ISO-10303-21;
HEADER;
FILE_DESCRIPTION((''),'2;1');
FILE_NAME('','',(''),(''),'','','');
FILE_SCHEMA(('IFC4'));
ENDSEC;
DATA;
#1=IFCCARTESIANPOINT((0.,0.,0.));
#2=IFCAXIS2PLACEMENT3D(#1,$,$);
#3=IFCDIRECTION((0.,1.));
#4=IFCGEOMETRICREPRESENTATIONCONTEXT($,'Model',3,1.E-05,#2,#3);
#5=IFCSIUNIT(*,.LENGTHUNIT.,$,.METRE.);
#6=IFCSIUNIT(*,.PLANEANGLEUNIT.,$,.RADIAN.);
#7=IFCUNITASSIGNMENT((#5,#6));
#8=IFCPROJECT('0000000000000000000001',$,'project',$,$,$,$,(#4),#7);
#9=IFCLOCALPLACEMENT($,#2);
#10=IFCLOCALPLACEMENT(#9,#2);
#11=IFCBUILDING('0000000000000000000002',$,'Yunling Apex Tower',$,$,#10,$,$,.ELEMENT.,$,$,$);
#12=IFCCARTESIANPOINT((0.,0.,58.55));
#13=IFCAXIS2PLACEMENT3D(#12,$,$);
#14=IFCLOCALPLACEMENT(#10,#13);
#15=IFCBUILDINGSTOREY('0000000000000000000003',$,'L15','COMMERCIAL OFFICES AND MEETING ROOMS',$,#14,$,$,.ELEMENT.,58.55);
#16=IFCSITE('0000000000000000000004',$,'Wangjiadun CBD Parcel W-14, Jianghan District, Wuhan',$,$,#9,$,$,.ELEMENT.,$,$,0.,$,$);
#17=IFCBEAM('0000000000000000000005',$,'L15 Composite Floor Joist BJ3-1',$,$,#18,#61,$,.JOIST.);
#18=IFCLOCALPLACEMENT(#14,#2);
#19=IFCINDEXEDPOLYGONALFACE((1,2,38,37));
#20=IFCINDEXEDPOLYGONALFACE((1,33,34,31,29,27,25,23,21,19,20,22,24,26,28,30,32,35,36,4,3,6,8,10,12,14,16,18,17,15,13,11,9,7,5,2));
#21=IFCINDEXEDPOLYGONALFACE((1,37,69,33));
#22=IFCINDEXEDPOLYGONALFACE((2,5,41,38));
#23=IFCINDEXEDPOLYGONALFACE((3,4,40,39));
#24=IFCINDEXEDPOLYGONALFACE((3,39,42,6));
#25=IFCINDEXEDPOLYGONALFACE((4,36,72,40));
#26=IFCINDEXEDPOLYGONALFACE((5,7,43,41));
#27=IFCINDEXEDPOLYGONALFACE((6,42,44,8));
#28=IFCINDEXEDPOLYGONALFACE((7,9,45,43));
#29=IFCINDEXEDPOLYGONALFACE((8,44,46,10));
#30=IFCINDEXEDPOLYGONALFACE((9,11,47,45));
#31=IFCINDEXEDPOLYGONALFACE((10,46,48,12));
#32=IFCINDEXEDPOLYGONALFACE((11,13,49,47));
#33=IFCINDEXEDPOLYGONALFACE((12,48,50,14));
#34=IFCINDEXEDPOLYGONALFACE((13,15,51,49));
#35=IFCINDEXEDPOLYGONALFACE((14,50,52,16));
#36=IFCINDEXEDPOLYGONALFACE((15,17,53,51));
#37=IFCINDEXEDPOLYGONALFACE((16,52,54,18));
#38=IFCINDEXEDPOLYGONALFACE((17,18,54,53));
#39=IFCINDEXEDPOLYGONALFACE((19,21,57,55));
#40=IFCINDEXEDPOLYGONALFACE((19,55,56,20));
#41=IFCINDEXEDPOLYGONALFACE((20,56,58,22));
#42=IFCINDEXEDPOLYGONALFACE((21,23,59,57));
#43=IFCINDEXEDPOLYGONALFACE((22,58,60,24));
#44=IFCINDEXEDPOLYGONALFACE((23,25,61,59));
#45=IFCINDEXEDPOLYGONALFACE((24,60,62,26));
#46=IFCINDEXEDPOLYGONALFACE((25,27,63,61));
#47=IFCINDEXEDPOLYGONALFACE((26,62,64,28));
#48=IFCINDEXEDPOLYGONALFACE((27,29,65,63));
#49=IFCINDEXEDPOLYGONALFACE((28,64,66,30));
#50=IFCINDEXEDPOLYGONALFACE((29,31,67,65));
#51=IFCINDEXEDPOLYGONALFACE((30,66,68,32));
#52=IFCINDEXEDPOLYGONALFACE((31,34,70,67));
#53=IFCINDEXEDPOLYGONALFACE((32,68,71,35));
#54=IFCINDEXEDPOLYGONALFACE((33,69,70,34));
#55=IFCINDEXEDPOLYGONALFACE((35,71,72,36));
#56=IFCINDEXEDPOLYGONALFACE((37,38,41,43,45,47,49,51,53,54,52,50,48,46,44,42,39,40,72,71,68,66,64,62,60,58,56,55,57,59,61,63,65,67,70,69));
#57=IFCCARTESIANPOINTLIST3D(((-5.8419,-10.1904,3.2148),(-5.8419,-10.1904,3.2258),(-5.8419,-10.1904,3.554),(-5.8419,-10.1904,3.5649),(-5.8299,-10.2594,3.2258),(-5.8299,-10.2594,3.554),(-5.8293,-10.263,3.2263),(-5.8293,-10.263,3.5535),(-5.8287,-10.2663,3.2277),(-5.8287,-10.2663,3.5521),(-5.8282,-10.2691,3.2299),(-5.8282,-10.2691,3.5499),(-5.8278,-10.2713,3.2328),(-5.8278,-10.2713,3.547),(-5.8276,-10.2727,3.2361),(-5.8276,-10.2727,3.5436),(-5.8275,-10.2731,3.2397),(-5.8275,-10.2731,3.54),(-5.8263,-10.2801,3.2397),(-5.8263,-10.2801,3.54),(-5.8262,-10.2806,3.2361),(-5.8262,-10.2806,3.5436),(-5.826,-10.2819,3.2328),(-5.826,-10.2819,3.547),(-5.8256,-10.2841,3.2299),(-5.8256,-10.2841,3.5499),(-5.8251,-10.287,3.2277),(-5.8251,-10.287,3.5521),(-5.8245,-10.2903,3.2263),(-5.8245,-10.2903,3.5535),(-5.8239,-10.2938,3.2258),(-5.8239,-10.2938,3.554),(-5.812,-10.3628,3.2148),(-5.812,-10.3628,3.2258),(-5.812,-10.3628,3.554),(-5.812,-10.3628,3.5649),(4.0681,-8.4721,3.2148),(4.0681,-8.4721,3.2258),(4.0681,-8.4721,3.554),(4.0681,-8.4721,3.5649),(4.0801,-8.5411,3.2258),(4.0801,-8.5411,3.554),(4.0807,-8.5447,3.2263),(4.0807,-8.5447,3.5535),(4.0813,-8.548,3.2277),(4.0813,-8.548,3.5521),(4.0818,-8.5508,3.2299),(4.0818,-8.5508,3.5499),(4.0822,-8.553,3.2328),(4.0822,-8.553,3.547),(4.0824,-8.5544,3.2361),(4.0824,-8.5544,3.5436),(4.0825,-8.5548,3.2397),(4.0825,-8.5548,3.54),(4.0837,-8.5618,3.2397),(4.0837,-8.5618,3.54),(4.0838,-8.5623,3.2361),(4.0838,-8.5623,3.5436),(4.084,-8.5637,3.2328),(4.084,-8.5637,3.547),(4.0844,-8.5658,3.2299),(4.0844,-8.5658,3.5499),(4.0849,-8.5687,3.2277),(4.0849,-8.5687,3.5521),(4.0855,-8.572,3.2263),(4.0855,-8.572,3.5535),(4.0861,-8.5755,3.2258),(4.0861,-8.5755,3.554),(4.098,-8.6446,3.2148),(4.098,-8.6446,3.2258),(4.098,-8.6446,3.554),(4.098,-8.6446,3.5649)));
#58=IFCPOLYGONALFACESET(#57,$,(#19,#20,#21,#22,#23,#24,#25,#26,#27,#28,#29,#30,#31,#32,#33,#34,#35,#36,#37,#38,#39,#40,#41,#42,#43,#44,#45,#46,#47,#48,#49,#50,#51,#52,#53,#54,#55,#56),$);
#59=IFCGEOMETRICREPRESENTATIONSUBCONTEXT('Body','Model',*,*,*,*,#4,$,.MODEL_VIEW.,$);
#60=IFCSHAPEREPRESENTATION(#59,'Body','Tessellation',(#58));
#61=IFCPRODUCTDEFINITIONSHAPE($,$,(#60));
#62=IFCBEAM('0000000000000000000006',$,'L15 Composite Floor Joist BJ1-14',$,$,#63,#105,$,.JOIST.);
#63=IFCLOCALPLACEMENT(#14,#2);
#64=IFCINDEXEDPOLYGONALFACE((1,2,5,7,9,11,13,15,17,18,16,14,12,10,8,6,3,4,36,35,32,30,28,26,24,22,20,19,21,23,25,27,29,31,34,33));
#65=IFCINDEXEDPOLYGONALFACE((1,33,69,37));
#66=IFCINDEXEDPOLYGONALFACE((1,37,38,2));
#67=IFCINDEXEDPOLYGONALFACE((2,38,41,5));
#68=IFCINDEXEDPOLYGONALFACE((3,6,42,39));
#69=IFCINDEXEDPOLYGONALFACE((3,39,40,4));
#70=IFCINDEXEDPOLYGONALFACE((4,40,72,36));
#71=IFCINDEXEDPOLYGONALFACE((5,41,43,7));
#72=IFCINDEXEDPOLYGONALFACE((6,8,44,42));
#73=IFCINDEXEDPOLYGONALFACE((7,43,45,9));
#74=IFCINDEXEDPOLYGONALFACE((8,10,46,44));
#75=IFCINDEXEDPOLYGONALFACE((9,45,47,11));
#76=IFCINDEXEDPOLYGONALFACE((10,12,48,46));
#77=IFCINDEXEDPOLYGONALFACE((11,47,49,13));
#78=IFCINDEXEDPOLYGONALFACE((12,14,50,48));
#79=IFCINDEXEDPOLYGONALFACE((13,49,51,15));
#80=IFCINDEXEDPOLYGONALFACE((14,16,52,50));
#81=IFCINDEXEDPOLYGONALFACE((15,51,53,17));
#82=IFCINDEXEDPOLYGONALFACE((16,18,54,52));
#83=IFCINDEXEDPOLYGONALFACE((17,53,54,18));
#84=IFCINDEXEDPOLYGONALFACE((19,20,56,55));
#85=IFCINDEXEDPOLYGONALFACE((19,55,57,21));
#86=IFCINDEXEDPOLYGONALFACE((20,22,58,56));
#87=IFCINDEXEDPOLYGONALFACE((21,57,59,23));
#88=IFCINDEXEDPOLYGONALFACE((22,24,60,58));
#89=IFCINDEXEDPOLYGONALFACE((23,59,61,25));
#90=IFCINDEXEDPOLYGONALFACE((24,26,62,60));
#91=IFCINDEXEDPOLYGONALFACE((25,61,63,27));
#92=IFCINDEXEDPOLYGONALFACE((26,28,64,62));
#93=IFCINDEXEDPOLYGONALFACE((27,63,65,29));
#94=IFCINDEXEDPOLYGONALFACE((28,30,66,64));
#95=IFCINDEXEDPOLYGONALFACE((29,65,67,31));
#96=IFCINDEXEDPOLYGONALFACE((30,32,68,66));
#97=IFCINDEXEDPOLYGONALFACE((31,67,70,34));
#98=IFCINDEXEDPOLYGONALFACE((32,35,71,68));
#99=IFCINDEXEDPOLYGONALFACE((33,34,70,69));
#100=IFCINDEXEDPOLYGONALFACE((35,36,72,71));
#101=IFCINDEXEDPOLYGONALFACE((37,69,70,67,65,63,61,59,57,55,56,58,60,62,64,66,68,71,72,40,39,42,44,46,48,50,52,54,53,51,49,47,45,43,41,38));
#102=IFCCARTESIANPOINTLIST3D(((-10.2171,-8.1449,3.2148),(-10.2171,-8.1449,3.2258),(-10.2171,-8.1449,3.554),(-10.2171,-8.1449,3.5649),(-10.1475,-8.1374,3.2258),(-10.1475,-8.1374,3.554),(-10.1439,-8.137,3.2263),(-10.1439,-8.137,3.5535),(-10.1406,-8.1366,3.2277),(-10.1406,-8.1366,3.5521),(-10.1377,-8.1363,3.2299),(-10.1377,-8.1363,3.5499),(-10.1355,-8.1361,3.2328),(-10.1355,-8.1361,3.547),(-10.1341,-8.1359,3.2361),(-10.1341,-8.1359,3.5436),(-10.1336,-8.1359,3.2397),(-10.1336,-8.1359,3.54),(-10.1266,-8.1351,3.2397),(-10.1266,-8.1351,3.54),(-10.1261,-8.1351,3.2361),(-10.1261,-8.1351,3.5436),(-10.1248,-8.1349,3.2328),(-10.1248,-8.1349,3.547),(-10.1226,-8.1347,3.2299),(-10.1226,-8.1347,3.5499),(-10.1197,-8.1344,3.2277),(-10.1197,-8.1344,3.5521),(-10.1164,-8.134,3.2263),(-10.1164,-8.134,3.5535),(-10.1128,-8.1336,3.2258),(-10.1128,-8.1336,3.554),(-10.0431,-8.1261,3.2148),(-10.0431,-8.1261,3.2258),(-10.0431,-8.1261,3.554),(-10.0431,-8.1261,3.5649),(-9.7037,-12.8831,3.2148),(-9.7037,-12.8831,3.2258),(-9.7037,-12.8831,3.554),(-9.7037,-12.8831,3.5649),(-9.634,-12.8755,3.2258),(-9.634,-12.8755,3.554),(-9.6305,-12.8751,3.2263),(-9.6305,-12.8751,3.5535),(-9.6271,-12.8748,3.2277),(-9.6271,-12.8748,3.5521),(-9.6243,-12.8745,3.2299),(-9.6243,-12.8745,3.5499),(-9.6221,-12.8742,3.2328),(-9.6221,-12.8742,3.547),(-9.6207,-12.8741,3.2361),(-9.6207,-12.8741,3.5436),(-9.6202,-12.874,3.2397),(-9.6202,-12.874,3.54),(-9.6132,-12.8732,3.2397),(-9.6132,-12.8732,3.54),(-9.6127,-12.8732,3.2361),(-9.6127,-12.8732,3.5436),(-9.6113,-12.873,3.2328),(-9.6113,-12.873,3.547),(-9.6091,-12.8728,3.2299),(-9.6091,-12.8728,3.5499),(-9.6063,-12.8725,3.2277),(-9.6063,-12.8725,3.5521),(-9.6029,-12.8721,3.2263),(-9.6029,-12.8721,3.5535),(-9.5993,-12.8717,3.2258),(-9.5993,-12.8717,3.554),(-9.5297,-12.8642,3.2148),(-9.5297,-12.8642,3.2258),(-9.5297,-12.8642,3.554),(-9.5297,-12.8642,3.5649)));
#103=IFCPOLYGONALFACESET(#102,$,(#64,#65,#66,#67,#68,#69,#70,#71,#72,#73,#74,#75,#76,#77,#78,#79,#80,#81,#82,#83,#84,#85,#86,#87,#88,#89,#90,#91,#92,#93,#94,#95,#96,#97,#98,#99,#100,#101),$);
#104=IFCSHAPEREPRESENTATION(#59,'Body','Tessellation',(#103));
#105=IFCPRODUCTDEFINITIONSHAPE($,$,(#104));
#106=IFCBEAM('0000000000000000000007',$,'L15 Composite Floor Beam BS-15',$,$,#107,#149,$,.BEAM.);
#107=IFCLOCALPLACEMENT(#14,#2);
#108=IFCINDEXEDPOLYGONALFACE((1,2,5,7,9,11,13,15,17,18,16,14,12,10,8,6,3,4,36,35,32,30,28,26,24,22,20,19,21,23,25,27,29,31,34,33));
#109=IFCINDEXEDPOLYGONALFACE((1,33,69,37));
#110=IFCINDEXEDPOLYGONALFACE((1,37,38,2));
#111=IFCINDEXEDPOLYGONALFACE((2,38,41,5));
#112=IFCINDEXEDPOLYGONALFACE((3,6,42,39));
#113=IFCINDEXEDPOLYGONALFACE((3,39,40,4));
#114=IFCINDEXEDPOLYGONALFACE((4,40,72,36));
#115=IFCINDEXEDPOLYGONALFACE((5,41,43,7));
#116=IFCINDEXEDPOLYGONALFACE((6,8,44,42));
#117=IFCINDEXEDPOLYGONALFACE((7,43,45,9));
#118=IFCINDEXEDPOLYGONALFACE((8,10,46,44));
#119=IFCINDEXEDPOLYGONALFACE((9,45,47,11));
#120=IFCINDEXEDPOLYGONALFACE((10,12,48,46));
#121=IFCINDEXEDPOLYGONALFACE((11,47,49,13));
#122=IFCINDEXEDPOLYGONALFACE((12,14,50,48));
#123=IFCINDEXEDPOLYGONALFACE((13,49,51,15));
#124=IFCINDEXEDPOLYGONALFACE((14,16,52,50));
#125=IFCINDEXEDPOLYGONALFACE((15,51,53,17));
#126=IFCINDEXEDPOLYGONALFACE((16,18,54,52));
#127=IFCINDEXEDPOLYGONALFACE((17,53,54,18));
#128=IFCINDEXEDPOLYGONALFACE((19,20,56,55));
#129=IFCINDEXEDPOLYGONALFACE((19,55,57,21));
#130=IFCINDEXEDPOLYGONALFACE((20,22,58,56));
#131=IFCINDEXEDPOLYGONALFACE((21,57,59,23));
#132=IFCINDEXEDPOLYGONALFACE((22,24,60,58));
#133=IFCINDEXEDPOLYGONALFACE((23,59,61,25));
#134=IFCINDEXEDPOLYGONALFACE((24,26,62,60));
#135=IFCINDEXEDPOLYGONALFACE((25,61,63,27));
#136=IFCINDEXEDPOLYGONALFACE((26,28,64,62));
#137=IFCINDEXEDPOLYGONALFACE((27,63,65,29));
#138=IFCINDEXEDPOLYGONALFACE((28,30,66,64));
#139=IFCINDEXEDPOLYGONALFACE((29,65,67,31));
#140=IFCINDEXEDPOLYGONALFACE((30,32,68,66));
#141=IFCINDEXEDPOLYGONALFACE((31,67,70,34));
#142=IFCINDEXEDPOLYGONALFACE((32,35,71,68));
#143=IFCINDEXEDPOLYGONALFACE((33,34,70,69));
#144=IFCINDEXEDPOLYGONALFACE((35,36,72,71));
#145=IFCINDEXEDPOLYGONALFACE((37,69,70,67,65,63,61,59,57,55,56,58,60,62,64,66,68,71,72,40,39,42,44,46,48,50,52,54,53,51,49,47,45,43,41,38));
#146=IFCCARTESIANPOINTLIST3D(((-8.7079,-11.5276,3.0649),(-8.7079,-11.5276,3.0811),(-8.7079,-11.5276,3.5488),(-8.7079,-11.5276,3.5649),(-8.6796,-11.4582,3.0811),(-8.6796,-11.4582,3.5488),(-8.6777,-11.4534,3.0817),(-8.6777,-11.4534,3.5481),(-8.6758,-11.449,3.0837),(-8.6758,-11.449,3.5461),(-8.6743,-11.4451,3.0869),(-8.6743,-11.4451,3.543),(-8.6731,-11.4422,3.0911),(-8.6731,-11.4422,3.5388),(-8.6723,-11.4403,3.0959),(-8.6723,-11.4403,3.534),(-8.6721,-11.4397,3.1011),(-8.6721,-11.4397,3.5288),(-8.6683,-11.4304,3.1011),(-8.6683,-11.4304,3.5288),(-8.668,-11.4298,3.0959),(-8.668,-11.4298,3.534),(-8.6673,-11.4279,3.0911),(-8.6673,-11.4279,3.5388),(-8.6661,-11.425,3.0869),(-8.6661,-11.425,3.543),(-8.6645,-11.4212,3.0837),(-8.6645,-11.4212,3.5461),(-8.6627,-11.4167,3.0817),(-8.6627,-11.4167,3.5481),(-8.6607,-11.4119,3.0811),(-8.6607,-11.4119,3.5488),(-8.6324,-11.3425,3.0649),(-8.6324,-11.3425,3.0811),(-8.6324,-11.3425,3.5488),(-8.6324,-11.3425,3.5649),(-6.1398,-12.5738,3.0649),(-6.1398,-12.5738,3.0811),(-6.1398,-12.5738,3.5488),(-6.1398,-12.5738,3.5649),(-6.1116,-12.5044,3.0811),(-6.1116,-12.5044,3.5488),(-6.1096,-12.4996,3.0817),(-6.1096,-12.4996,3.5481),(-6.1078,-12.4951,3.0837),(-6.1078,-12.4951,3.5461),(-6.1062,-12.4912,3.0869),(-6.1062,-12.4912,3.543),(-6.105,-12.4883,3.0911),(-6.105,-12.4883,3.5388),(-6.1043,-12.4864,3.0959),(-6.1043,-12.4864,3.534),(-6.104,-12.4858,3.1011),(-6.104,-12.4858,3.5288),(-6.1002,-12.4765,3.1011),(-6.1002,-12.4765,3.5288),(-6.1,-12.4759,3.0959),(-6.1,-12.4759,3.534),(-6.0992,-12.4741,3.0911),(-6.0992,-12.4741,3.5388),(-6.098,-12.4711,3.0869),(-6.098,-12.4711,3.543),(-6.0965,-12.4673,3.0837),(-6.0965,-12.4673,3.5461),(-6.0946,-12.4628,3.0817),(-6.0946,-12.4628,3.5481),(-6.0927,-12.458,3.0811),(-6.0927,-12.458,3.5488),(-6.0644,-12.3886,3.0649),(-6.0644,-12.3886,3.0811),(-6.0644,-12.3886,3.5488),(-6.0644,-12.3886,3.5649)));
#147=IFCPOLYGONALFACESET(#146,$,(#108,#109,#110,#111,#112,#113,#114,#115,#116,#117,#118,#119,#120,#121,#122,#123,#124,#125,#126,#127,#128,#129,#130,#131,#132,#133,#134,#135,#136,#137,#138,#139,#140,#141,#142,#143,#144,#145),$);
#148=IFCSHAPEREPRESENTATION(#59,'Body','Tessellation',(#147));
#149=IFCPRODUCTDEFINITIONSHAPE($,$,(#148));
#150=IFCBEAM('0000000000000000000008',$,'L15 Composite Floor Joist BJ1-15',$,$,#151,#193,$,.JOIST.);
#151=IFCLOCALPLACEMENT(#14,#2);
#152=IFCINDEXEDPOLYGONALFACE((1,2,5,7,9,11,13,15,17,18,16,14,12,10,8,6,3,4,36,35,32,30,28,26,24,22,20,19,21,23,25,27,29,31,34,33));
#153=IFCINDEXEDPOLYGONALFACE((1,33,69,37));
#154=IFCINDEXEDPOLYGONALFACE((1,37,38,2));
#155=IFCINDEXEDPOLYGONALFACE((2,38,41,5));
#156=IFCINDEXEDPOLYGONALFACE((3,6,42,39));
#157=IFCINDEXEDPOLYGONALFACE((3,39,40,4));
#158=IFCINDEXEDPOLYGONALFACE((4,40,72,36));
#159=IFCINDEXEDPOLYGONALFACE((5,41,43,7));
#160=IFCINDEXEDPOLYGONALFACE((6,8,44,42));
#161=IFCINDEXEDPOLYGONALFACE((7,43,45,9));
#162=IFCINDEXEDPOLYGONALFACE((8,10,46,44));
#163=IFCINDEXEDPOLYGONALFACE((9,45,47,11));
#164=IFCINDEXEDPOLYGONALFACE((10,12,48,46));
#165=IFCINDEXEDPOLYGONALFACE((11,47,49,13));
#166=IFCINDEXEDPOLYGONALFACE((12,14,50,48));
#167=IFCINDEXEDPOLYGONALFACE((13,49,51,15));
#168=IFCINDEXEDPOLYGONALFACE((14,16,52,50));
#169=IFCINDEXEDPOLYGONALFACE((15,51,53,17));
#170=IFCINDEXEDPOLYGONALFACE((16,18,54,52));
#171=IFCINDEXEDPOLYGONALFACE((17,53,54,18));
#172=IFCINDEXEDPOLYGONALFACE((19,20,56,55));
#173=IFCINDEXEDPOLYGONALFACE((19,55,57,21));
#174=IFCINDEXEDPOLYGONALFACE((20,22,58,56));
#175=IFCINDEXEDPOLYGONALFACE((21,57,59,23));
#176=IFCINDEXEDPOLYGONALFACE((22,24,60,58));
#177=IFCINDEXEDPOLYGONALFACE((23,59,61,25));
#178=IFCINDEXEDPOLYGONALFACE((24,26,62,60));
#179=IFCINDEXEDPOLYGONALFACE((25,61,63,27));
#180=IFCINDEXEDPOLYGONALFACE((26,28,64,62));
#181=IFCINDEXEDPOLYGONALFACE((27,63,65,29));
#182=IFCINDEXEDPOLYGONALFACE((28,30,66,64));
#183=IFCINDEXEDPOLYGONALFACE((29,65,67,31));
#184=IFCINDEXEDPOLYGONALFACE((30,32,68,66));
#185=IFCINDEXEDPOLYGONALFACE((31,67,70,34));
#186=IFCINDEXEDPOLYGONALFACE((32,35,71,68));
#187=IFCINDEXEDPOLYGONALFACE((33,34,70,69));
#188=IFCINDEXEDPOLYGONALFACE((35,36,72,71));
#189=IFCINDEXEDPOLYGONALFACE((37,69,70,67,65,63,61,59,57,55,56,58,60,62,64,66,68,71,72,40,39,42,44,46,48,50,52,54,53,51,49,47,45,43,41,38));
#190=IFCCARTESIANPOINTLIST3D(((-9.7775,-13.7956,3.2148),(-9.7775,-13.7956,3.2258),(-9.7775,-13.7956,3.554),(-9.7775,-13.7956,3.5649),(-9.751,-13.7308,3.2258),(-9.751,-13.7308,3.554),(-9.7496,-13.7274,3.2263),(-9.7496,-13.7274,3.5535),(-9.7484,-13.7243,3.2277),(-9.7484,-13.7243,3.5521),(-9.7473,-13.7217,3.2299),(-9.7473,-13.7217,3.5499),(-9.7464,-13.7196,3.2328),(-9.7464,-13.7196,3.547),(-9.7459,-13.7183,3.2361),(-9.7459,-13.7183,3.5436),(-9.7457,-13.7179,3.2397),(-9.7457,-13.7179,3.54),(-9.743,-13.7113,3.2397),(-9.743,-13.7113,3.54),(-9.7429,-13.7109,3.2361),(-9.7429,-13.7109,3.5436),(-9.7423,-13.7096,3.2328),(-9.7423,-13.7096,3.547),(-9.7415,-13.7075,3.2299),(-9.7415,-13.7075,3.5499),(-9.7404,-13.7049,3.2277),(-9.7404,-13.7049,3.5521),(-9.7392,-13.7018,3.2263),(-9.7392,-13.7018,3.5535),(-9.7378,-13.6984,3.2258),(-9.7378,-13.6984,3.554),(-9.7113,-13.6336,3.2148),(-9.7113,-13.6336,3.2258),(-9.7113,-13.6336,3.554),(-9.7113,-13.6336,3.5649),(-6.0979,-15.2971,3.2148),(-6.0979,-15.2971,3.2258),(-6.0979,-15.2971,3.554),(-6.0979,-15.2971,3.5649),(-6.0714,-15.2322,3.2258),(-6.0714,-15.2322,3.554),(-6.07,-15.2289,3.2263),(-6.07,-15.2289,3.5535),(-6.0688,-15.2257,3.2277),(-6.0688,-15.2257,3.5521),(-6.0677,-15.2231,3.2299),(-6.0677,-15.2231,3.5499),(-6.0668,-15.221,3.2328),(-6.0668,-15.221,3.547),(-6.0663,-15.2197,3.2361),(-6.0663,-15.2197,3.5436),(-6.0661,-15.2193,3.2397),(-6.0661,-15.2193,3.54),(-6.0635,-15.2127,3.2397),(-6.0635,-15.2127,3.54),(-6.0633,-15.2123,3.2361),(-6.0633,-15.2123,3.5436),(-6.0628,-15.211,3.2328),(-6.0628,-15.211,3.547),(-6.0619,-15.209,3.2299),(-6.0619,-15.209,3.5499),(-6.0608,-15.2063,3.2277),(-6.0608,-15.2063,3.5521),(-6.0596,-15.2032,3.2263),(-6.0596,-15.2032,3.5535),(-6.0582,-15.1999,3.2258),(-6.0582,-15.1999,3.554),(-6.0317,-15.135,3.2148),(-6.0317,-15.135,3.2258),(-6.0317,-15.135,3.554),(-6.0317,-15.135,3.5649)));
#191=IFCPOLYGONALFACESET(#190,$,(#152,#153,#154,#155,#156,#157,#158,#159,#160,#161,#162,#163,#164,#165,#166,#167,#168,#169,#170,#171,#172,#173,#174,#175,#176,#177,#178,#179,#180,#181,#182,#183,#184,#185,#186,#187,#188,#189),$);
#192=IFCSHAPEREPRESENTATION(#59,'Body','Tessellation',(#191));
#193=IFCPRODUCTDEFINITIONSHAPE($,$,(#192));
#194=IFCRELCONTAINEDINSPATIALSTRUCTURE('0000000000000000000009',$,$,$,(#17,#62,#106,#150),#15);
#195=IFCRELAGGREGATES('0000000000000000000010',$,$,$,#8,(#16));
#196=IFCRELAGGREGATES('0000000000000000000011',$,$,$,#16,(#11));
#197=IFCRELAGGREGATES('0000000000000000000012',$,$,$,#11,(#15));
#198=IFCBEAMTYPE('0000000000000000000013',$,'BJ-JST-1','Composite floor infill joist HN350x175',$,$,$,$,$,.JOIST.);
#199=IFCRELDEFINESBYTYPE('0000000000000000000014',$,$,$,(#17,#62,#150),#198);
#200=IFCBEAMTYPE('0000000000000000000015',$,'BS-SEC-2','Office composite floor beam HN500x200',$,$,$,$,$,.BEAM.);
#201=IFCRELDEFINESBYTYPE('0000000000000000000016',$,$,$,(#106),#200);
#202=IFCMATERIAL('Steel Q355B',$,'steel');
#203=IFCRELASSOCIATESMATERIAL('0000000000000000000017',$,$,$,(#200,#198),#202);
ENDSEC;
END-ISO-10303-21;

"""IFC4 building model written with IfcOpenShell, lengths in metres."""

from ifc_helpers import new_model, si_unit, direction, frame, origin, origin_2d, place, context, subcontext, project, spatial, i_section, extrude, source, transform, mapped, material, material_profile, profile_set, type_object, element, save


model = new_model("IFC4")

# Units and contexts
model_context = context("Model", 3, precision=1e-05, world=origin(), true_north=direction((0.0, 1.0)))
body_context = subcontext(model_context, "Body", "Model", "MODEL_VIEW")
ifc_project = project(units=[si_unit("LENGTHUNIT", "METRE"), si_unit("PLANEANGLEUNIT", "RADIAN")], contexts=[model_context])

# Site, building, storey
site_placement = place(None, origin())
site = spatial("IfcSite", under=ifc_project, at=site_placement, Name="Wangjiadun CBD Parcel W-14, Jianghan District, Wuhan", CompositionType="ELEMENT", RefElevation=0.0)
building_placement = place(site_placement, origin())
building = spatial("IfcBuilding", under=site, at=building_placement, Name="Yunling Apex Tower", CompositionType="ELEMENT")
storey_placement = place(building_placement, frame((0.0, 0.0, 58.55)))
storey = spatial("IfcBuildingStorey", under=building, at=storey_placement, Name="L15", Description="COMMERCIAL OFFICES AND MEETING ROOMS", CompositionType="ELEMENT", Elevation=58.55)

# Beams
ifc_material_1 = material(Name="Steel Q355B", Category="steel")
ifc_material_profile_1 = material_profile(ifc_material_1, i_section(OverallWidth=0.2, OverallDepth=0.5, WebThickness=0.01, FlangeThickness=0.0161, FilletRadius=0.02, at=origin_2d()))
ifc_profile_set_1 = profile_set([ifc_material_profile_1], Name="Steel Q355B")
beam_type_1 = type_object("IfcBeamType", Name="BS-SEC-2", Description="Office composite floor beam HN500x200", PredefinedType="BEAM", material=ifc_profile_set_1)
ifc_material_profile_2 = material_profile(ifc_material_1, i_section(OverallWidth=0.175, OverallDepth=0.3501, WebThickness=0.0071, FlangeThickness=0.011, FilletRadius=0.0139, at=origin_2d()))
ifc_profile_set_2 = profile_set([ifc_material_profile_2], Name="Steel Q355B")
beam_type_2 = type_object("IfcBeamType", Name="BJ-JST-1", Description="Composite floor infill joist HN350x175", PredefinedType="JOIST", material=ifc_profile_set_2)
shared_shape_1 = source(origin(), body_context, "Body", "SweptSolid", [
    extrude(i_section(OverallWidth=0.175, OverallDepth=0.3501, WebThickness=0.0071, FlangeThickness=0.011, FilletRadius=0.0139, at=origin_2d()), origin(), (0.0, 0.0, 1.0), 10.0579),
])
beam_1_placement = place(storey_placement, frame((-5.8269, -10.2766, 3.3899), z_axis=(0.985299, 0.170839, 0.0), x_axis=(-0.170839, 0.985299, 0.0)))
element("IfcBeam", 1, at=beam_1_placement, inside=storey, type_object=beam_type_2, Name="L15 Composite Floor Joist BJ3-1", PredefinedType="JOIST", context=body_context, shape_type="MappedRepresentation", body=[
    mapped(shared_shape_1, transform((0.0, 0.0, 0.0), scale=1.0)),
])
shared_shape_2 = source(origin(), body_context, "Body", "SweptSolid", [
    extrude(i_section(OverallWidth=0.175, OverallDepth=0.3501, WebThickness=0.0071, FlangeThickness=0.011, FilletRadius=0.0139, at=origin_2d()), origin(), (0.0, 0.0, 1.0), 4.7659),
])
beam_2_placement = place(storey_placement, frame((-10.1301, -8.1355, 3.3899), z_axis=(0.107732, -0.99418, 0.0), x_axis=(0.99418, 0.107732, 0.0)))
element("IfcBeam", 2, at=beam_2_placement, inside=storey, type_object=beam_type_2, Name="L15 Composite Floor Joist BJ1-14", PredefinedType="JOIST", context=body_context, shape_type="MappedRepresentation", body=[
    mapped(shared_shape_2, transform((0.0, 0.0, 0.0), scale=1.0)),
])
shared_shape_3 = source(origin(), body_context, "Body", "SweptSolid", [
    extrude(i_section(OverallWidth=0.2, OverallDepth=0.5, WebThickness=0.01, FlangeThickness=0.0161, FilletRadius=0.02, at=origin_2d()), origin(), (0.0, 0.0, 1.0), 2.7729),
])
beam_3_placement = place(storey_placement, frame((-8.6702, -11.4351, 3.3149), z_axis=(0.926108, -0.377258, 0.0), x_axis=(0.377258, 0.926108, 0.0)))
element("IfcBeam", 3, at=beam_3_placement, inside=storey, type_object=beam_type_1, Name="L15 Composite Floor Beam BS-15", PredefinedType="BEAM", context=body_context, shape_type="MappedRepresentation", body=[
    mapped(shared_shape_3, transform((0.0, 0.0, 0.0), scale=1.0)),
])
shared_shape_4 = source(origin(), body_context, "Body", "SweptSolid", [
    extrude(i_section(OverallWidth=0.175, OverallDepth=0.3501, WebThickness=0.0071, FlangeThickness=0.011, FilletRadius=0.0139, at=origin_2d()), origin(), (0.0, 0.0, 1.0), 3.9741),
])
beam_4_placement = place(storey_placement, frame((-9.7444, -13.7146, 3.3899), z_axis=(0.925887, -0.3778, 0.0), x_axis=(0.3778, 0.925887, 0.0)))
element("IfcBeam", 4, at=beam_4_placement, inside=storey, type_object=beam_type_2, Name="L15 Composite Floor Joist BJ1-15", PredefinedType="JOIST", context=body_context, shape_type="MappedRepresentation", body=[
    mapped(shared_shape_4, transform((0.0, 0.0, 0.0), scale=1.0)),
])

save(model, "model.ifc")
